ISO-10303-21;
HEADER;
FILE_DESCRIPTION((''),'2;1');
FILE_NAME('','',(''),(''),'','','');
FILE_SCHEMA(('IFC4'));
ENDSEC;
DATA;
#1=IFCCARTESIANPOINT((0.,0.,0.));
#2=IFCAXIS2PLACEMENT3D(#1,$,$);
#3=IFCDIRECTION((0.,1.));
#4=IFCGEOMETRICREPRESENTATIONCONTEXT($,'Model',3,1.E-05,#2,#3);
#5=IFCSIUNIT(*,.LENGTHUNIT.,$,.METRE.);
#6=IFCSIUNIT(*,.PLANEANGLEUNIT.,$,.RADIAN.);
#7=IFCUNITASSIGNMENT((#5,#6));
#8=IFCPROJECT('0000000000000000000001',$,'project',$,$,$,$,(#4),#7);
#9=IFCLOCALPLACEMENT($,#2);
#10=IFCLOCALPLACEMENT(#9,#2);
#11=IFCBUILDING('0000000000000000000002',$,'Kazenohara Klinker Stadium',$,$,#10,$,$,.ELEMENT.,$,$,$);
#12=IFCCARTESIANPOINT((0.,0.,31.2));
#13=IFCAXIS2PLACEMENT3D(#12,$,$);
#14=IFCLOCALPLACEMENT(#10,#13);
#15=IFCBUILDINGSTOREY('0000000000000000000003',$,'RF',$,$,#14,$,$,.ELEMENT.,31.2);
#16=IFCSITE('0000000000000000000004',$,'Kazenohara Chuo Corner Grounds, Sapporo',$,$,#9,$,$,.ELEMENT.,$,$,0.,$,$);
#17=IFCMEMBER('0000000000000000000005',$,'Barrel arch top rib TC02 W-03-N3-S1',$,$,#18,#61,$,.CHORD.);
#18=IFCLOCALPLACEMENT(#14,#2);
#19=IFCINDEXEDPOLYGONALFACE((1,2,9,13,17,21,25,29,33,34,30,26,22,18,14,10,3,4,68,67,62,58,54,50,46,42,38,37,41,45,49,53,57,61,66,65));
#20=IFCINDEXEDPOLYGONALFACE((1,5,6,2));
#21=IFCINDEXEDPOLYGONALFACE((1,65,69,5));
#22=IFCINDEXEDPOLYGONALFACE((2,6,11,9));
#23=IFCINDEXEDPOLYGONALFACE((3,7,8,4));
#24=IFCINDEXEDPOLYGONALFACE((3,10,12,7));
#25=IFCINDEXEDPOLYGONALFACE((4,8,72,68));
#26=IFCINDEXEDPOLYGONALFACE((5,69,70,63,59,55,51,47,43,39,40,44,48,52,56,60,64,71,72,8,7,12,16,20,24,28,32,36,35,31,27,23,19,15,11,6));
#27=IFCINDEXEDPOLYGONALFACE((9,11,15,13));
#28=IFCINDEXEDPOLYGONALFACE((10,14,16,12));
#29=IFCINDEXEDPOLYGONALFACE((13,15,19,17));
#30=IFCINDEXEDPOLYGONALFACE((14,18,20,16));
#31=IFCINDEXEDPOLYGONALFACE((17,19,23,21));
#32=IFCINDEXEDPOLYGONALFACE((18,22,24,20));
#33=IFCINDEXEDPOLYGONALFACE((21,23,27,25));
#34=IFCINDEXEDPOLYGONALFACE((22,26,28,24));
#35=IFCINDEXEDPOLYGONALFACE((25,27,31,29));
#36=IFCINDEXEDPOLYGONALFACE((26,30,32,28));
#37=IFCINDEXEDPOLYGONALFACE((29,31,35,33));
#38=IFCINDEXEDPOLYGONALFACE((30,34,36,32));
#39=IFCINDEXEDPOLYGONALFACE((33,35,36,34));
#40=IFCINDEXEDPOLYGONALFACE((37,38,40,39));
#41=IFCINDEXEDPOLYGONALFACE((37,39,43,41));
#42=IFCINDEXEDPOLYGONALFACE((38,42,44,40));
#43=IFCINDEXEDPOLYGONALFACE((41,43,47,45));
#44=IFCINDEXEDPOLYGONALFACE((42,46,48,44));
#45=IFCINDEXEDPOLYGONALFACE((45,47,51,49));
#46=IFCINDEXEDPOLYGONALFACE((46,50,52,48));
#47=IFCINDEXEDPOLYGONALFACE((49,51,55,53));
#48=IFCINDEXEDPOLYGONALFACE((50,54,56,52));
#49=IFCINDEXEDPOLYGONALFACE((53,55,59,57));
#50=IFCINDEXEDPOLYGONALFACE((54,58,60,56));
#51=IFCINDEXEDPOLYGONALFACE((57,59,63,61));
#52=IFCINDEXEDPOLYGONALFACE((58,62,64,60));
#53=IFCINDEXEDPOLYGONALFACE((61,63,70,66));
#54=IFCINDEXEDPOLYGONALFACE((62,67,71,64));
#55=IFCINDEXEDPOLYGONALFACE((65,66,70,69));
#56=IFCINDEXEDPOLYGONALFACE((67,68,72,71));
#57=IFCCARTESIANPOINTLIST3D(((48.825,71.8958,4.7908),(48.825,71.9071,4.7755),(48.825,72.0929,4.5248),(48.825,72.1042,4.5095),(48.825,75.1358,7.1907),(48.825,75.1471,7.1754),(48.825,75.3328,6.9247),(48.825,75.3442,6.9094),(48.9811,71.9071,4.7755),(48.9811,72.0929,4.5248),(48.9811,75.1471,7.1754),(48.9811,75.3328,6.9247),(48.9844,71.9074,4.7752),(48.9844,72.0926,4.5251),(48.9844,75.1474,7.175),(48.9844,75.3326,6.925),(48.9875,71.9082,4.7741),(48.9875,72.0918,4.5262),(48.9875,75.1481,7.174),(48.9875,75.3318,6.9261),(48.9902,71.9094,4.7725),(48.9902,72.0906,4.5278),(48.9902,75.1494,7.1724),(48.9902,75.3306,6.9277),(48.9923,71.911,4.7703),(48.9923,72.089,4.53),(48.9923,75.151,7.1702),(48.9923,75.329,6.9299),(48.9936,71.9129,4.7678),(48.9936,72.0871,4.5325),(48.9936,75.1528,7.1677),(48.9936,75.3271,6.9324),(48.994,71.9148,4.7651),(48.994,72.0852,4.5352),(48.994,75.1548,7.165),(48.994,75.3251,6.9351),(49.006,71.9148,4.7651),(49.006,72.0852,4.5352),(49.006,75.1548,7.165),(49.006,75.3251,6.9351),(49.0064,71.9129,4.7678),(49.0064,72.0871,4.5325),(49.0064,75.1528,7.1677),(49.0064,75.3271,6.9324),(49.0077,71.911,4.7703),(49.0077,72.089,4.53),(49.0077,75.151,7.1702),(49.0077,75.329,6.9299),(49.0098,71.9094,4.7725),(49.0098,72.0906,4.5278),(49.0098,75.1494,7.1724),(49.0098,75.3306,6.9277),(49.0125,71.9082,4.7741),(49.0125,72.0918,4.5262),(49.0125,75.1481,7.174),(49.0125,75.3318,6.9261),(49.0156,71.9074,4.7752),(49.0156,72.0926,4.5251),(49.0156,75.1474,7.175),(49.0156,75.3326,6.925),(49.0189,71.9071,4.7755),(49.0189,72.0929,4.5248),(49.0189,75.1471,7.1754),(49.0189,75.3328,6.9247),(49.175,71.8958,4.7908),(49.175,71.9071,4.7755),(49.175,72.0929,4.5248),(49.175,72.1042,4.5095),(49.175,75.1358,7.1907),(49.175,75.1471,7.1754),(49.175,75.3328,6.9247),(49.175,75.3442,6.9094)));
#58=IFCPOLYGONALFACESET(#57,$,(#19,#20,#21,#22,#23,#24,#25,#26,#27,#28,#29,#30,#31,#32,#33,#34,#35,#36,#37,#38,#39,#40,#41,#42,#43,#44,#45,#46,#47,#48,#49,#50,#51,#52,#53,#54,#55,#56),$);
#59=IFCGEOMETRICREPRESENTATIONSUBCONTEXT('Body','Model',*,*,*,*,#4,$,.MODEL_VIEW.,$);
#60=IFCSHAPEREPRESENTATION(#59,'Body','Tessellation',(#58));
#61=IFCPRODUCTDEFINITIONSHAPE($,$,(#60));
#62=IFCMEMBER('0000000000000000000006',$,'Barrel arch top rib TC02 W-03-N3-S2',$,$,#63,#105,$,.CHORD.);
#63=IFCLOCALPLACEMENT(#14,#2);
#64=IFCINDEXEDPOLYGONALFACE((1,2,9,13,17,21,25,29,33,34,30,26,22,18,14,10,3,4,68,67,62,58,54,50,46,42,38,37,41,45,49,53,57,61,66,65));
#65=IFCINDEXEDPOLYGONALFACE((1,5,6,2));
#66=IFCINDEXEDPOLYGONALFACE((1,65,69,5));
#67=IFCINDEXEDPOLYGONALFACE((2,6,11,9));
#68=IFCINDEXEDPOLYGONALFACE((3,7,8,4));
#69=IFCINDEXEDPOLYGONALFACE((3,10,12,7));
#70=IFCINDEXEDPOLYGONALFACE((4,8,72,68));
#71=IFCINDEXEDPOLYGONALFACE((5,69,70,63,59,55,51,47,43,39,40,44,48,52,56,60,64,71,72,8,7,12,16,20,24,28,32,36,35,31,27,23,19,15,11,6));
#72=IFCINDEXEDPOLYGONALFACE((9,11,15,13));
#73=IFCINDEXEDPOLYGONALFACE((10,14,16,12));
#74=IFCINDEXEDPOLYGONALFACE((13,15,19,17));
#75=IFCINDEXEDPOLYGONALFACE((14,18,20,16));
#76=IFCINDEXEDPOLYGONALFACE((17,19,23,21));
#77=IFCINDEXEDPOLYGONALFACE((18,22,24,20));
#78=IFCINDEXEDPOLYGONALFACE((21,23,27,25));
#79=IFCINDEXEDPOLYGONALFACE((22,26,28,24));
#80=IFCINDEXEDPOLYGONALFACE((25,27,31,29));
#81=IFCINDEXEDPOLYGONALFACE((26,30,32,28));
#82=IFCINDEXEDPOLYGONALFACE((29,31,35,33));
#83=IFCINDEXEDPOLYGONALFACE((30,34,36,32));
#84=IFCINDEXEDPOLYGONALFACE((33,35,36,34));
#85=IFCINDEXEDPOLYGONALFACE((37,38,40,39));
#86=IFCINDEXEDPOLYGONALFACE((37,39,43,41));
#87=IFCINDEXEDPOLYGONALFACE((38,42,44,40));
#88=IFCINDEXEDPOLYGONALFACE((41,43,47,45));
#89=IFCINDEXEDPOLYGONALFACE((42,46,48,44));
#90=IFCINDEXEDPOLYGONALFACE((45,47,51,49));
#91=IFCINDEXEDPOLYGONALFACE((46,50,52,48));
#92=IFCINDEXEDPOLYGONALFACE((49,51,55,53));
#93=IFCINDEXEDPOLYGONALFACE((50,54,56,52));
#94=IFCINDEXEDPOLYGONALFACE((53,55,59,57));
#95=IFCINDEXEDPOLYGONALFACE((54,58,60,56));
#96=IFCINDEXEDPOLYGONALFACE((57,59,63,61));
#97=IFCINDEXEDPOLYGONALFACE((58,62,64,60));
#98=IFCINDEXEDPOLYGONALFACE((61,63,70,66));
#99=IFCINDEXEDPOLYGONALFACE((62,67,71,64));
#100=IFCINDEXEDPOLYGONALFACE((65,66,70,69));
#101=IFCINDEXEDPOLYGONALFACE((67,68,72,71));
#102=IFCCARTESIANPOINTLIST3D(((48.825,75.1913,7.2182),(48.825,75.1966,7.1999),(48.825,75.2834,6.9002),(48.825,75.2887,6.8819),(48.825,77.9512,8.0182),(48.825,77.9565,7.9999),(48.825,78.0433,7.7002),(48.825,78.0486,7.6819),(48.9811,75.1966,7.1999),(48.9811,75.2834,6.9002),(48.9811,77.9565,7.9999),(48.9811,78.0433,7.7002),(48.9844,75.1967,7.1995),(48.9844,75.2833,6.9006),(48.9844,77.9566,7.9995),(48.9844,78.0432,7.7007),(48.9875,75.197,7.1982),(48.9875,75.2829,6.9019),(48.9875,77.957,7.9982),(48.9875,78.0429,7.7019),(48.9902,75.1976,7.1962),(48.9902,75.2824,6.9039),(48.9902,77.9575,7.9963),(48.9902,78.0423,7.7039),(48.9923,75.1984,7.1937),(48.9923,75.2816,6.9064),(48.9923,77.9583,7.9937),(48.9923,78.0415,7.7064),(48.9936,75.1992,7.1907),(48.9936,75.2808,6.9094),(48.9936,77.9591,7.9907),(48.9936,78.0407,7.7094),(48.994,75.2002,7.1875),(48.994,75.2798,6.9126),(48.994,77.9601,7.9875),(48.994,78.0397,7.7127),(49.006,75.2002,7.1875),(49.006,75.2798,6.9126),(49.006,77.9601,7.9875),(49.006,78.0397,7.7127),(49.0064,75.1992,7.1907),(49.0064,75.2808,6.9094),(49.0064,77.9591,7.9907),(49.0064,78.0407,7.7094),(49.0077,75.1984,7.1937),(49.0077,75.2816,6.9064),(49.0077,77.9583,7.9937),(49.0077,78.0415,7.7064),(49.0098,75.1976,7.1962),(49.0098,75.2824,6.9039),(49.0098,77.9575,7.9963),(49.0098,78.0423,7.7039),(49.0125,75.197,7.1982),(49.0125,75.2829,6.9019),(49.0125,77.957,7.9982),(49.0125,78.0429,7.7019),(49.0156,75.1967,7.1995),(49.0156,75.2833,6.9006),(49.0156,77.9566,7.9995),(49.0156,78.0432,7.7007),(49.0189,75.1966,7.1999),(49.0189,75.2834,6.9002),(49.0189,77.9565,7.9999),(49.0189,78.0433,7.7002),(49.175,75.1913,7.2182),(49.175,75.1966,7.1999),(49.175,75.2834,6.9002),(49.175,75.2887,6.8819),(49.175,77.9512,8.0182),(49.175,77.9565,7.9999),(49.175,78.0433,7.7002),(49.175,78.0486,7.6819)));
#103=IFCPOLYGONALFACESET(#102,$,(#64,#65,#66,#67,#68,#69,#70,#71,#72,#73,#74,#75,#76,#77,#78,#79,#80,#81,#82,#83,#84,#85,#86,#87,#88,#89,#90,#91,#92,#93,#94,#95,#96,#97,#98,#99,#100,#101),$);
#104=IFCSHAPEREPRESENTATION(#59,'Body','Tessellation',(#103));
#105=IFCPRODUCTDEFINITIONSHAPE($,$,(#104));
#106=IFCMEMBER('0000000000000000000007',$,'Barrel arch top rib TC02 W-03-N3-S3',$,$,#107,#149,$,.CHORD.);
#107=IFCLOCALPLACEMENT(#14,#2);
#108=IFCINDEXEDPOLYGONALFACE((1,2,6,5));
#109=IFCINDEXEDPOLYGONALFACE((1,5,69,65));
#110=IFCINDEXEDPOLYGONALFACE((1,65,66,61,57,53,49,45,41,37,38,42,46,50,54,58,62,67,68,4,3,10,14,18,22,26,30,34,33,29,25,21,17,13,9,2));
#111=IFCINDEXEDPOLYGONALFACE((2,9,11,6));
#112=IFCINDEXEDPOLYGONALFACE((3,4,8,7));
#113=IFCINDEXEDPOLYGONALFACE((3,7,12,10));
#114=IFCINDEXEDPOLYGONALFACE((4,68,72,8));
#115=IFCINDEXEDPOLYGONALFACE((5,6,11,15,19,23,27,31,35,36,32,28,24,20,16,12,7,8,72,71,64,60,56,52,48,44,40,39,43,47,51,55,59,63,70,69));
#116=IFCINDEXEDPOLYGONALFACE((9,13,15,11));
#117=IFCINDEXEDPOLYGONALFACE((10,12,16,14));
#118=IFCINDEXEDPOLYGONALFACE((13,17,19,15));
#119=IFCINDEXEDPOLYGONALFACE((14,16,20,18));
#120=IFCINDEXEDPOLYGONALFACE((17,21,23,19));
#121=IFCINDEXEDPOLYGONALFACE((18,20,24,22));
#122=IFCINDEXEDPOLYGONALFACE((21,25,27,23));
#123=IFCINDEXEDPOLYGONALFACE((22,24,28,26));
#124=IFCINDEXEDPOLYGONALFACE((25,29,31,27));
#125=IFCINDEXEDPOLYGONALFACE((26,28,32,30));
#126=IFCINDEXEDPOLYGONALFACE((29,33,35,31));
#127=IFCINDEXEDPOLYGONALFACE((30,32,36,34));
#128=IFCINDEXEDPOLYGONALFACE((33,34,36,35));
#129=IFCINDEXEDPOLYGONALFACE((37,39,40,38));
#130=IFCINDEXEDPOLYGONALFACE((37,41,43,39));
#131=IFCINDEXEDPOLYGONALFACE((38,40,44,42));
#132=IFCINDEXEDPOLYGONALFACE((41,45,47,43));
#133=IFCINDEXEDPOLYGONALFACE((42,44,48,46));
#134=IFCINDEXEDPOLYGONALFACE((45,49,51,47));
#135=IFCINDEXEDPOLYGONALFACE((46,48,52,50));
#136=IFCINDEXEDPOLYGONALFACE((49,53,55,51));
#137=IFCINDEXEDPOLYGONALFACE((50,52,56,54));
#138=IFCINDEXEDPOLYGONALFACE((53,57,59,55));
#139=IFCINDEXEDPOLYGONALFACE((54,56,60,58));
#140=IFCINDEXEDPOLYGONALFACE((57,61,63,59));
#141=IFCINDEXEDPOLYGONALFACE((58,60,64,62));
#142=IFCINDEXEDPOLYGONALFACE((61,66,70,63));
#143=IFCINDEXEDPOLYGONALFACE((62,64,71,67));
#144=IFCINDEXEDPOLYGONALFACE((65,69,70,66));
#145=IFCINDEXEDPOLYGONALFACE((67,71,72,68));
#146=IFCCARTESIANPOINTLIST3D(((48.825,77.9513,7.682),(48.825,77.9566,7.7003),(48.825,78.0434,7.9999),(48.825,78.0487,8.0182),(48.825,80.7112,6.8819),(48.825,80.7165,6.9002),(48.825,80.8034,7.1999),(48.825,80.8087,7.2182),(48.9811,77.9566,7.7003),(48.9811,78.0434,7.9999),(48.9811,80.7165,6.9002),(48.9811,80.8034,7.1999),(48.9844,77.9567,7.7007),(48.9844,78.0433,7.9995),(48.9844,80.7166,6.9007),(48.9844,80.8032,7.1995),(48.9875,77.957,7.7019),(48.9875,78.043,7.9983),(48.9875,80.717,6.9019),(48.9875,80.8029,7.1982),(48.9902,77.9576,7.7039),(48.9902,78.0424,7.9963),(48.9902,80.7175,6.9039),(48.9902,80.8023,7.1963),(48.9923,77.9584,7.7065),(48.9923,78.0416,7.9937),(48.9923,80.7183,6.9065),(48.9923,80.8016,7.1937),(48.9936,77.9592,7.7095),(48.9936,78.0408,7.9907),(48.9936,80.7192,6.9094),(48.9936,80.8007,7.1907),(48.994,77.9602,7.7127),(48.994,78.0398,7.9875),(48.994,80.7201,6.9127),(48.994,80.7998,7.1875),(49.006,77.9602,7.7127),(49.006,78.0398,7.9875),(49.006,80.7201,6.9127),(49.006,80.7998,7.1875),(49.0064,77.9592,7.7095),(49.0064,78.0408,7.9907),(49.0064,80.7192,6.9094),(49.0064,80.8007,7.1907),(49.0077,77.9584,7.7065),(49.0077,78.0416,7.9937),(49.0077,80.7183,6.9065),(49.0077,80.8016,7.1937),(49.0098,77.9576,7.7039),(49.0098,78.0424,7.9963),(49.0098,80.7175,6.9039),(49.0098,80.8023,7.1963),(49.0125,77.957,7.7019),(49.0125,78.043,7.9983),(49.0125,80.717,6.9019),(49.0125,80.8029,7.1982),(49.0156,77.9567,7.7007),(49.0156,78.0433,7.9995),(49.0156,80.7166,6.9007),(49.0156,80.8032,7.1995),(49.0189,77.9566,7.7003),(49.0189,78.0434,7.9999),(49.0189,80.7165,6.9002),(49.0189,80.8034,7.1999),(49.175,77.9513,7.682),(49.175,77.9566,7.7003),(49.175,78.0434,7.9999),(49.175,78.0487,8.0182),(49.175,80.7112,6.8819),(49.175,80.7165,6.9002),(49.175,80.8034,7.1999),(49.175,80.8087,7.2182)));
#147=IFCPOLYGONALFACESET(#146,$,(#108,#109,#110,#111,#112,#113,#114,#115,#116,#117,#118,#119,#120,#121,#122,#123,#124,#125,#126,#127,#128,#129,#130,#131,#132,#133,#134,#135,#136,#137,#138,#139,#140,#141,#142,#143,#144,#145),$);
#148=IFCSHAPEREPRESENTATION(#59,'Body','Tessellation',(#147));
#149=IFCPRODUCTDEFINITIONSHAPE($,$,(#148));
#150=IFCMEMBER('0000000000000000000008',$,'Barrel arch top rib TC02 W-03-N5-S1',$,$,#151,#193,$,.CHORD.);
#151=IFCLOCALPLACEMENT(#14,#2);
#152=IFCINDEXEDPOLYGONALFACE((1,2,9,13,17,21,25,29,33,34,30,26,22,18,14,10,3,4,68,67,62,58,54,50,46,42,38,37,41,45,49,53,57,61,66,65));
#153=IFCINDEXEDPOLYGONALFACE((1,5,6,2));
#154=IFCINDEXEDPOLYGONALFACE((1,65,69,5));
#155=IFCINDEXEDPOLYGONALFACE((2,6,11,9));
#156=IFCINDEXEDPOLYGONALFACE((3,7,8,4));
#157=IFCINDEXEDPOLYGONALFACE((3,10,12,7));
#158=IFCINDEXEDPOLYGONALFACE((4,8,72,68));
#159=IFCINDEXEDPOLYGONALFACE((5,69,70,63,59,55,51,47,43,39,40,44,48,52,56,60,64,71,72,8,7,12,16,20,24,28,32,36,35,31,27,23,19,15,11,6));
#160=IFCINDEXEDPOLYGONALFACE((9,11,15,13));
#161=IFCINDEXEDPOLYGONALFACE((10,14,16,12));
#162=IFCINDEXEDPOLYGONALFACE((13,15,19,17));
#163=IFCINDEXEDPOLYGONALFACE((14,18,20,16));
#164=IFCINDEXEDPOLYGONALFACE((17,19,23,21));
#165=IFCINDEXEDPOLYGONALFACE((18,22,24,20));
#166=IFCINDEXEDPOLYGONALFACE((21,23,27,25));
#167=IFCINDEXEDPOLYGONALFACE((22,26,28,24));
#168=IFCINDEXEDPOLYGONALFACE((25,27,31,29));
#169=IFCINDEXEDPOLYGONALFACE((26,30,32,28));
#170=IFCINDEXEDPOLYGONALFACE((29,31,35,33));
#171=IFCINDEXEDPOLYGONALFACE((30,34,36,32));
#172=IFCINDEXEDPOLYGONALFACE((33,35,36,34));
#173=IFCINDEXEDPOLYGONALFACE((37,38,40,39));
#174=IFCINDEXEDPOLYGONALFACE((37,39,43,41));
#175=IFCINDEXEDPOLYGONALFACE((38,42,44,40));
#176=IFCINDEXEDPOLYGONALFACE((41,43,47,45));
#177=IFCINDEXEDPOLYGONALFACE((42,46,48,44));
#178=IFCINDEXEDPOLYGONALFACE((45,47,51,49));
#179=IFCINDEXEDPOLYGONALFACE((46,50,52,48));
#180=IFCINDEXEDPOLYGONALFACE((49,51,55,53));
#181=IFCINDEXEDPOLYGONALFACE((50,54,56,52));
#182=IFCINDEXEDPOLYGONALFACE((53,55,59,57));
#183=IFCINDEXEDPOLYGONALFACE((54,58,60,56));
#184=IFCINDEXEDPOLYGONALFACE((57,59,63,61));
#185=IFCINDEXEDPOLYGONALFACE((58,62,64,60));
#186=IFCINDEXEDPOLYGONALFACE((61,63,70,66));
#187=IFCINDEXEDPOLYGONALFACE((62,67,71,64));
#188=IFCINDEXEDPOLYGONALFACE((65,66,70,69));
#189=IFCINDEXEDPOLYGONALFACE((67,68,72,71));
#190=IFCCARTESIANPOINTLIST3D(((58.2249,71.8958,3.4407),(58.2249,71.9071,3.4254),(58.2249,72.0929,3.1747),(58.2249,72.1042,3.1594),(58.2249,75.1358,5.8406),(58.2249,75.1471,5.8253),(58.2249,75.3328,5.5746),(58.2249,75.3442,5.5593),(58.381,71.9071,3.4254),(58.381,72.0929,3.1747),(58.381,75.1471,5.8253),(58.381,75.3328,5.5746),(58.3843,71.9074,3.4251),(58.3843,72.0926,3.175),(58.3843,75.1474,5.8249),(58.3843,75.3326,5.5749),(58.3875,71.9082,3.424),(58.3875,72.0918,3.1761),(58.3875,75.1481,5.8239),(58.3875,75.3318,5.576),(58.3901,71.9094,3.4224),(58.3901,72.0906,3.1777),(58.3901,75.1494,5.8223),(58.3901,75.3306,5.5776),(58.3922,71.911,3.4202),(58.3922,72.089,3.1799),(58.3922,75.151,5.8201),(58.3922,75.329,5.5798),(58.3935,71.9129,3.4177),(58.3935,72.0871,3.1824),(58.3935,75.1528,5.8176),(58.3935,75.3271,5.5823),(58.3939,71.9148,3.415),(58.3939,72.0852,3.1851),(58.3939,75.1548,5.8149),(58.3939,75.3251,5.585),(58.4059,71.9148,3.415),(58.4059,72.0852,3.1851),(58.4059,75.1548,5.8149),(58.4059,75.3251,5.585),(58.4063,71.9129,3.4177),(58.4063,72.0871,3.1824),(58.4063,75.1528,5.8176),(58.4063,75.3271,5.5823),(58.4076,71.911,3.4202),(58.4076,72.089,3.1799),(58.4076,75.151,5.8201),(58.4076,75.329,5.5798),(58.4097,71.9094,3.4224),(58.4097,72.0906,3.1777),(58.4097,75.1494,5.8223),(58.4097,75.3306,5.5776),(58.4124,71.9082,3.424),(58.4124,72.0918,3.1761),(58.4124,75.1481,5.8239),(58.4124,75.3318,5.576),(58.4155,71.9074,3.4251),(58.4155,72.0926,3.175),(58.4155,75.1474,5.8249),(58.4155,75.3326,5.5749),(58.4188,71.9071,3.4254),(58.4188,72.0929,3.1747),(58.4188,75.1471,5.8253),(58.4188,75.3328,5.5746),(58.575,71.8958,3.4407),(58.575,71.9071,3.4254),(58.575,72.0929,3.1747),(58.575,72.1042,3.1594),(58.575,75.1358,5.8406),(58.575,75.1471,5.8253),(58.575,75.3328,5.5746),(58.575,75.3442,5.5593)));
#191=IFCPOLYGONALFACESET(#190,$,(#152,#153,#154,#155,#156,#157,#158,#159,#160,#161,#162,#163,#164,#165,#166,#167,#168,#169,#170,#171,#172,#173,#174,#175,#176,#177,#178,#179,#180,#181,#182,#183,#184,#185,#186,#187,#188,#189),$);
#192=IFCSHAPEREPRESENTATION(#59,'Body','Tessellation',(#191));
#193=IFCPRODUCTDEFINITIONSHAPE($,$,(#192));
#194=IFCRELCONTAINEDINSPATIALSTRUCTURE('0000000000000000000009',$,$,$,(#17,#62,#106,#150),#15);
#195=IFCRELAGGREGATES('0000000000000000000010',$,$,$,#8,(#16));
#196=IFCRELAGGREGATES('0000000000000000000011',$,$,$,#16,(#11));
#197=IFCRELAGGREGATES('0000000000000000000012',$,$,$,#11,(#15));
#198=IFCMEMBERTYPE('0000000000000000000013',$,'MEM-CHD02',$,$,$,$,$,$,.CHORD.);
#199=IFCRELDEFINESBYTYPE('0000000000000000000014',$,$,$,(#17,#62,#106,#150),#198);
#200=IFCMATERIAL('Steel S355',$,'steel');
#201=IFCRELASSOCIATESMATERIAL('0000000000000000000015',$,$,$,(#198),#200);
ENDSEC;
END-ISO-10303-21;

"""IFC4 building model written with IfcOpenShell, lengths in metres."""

from ifc_helpers import new_model, si_unit, direction, frame, origin, origin_2d, place, context, subcontext, project, spatial, i_section, extrude, material, material_profile, profile_set, type_object, element, save


model = new_model("IFC4")

# Units and contexts
model_context = context("Model", 3, precision=1e-05, world=origin(), true_north=direction((0.0, 1.0)))
body_context = subcontext(model_context, "Body", "Model", "MODEL_VIEW")
ifc_project = project(units=[si_unit("LENGTHUNIT", "METRE"), si_unit("PLANEANGLEUNIT", "RADIAN")], contexts=[model_context])

# Site, building, storey
site_placement = place(None, origin())
site = spatial("IfcSite", under=ifc_project, at=site_placement, Name="Kazenohara Chuo Corner Grounds, Sapporo", CompositionType="ELEMENT", RefElevation=0.0)
building_placement = place(site_placement, origin())
building = spatial("IfcBuilding", under=site, at=building_placement, Name="Kazenohara Klinker Stadium", CompositionType="ELEMENT")
storey_placement = place(building_placement, frame((0.0, 0.0, 31.2)))
storey = spatial("IfcBuildingStorey", under=building, at=storey_placement, Name="RF", CompositionType="ELEMENT", Elevation=31.2)

# Members
ifc_material_1 = material(Name="Steel S355", Category="steel")
ifc_material_profile_1 = material_profile(ifc_material_1, i_section(OverallWidth=0.3501, OverallDepth=0.3501, WebThickness=0.012, FlangeThickness=0.019, FilletRadius=0.0129, at=origin_2d()), Name="H-350x350x12x19")
ifc_profile_set_1 = profile_set([ifc_material_profile_1], Name="Steel S355")
member_type_1 = type_object("IfcMemberType", Name="MEM-CHD02", PredefinedType="CHORD", material=ifc_profile_set_1)
member_1_placement = place(storey_placement, frame((49.0, 72.0, 4.6501), z_axis=(0.0, 0.803568, 0.595213), x_axis=(-1.0, 0.0, 0.0)))
element("IfcMember", 1, at=member_1_placement, inside=storey, type_object=member_type_1, Name="Barrel arch top rib TC02 W-03-N3-S1", PredefinedType="CHORD", context=body_context, shape_type="SweptSolid", body=[
    extrude(i_section(OverallWidth=0.3501, OverallDepth=0.3501, WebThickness=0.012, FlangeThickness=0.019, FilletRadius=0.0129, at=origin_2d()), origin(), (0.0, 0.0, 1.0), 4.032),
])
for number, where, z_axis, x_axis, name in (
    (2, (49.0, 75.24, 7.05), (0.0, 0.960462, 0.278411), (-1.0, 0.0, 0.0), "Barrel arch top rib TC02 W-03-N3-S2"),
    (3, (49.0, 78.0, 7.8501), (0.0, 0.960462, -0.278411), (-1.0, 0.0, 0.0), "Barrel arch top rib TC02 W-03-N3-S3"),
):
    element("IfcMember", number, at=place(storey_placement, frame(where, z_axis=z_axis, x_axis=x_axis)), inside=storey, type_object=member_type_1, Name=name, PredefinedType="CHORD", context=body_context, shape_type="SweptSolid", body=[
        extrude(i_section(OverallWidth=0.3501, OverallDepth=0.3501, WebThickness=0.012, FlangeThickness=0.019, FilletRadius=0.0129, at=origin_2d()), origin(), (0.0, 0.0, 1.0), 2.8735),
    ])
member_2_placement = place(storey_placement, frame((58.3999, 72.0, 3.3), z_axis=(0.0, 0.803568, 0.595213), x_axis=(-1.0, 0.0, 0.0)))
element("IfcMember", 4, at=member_2_placement, inside=storey, type_object=member_type_1, Name="Barrel arch top rib TC02 W-03-N5-S1", PredefinedType="CHORD", context=body_context, shape_type="SweptSolid", body=[
    extrude(i_section(OverallWidth=0.3501, OverallDepth=0.3501, WebThickness=0.012, FlangeThickness=0.019, FilletRadius=0.0129, at=origin_2d()), origin(), (0.0, 0.0, 1.0), 4.032),
])

save(model, "model.ifc")
